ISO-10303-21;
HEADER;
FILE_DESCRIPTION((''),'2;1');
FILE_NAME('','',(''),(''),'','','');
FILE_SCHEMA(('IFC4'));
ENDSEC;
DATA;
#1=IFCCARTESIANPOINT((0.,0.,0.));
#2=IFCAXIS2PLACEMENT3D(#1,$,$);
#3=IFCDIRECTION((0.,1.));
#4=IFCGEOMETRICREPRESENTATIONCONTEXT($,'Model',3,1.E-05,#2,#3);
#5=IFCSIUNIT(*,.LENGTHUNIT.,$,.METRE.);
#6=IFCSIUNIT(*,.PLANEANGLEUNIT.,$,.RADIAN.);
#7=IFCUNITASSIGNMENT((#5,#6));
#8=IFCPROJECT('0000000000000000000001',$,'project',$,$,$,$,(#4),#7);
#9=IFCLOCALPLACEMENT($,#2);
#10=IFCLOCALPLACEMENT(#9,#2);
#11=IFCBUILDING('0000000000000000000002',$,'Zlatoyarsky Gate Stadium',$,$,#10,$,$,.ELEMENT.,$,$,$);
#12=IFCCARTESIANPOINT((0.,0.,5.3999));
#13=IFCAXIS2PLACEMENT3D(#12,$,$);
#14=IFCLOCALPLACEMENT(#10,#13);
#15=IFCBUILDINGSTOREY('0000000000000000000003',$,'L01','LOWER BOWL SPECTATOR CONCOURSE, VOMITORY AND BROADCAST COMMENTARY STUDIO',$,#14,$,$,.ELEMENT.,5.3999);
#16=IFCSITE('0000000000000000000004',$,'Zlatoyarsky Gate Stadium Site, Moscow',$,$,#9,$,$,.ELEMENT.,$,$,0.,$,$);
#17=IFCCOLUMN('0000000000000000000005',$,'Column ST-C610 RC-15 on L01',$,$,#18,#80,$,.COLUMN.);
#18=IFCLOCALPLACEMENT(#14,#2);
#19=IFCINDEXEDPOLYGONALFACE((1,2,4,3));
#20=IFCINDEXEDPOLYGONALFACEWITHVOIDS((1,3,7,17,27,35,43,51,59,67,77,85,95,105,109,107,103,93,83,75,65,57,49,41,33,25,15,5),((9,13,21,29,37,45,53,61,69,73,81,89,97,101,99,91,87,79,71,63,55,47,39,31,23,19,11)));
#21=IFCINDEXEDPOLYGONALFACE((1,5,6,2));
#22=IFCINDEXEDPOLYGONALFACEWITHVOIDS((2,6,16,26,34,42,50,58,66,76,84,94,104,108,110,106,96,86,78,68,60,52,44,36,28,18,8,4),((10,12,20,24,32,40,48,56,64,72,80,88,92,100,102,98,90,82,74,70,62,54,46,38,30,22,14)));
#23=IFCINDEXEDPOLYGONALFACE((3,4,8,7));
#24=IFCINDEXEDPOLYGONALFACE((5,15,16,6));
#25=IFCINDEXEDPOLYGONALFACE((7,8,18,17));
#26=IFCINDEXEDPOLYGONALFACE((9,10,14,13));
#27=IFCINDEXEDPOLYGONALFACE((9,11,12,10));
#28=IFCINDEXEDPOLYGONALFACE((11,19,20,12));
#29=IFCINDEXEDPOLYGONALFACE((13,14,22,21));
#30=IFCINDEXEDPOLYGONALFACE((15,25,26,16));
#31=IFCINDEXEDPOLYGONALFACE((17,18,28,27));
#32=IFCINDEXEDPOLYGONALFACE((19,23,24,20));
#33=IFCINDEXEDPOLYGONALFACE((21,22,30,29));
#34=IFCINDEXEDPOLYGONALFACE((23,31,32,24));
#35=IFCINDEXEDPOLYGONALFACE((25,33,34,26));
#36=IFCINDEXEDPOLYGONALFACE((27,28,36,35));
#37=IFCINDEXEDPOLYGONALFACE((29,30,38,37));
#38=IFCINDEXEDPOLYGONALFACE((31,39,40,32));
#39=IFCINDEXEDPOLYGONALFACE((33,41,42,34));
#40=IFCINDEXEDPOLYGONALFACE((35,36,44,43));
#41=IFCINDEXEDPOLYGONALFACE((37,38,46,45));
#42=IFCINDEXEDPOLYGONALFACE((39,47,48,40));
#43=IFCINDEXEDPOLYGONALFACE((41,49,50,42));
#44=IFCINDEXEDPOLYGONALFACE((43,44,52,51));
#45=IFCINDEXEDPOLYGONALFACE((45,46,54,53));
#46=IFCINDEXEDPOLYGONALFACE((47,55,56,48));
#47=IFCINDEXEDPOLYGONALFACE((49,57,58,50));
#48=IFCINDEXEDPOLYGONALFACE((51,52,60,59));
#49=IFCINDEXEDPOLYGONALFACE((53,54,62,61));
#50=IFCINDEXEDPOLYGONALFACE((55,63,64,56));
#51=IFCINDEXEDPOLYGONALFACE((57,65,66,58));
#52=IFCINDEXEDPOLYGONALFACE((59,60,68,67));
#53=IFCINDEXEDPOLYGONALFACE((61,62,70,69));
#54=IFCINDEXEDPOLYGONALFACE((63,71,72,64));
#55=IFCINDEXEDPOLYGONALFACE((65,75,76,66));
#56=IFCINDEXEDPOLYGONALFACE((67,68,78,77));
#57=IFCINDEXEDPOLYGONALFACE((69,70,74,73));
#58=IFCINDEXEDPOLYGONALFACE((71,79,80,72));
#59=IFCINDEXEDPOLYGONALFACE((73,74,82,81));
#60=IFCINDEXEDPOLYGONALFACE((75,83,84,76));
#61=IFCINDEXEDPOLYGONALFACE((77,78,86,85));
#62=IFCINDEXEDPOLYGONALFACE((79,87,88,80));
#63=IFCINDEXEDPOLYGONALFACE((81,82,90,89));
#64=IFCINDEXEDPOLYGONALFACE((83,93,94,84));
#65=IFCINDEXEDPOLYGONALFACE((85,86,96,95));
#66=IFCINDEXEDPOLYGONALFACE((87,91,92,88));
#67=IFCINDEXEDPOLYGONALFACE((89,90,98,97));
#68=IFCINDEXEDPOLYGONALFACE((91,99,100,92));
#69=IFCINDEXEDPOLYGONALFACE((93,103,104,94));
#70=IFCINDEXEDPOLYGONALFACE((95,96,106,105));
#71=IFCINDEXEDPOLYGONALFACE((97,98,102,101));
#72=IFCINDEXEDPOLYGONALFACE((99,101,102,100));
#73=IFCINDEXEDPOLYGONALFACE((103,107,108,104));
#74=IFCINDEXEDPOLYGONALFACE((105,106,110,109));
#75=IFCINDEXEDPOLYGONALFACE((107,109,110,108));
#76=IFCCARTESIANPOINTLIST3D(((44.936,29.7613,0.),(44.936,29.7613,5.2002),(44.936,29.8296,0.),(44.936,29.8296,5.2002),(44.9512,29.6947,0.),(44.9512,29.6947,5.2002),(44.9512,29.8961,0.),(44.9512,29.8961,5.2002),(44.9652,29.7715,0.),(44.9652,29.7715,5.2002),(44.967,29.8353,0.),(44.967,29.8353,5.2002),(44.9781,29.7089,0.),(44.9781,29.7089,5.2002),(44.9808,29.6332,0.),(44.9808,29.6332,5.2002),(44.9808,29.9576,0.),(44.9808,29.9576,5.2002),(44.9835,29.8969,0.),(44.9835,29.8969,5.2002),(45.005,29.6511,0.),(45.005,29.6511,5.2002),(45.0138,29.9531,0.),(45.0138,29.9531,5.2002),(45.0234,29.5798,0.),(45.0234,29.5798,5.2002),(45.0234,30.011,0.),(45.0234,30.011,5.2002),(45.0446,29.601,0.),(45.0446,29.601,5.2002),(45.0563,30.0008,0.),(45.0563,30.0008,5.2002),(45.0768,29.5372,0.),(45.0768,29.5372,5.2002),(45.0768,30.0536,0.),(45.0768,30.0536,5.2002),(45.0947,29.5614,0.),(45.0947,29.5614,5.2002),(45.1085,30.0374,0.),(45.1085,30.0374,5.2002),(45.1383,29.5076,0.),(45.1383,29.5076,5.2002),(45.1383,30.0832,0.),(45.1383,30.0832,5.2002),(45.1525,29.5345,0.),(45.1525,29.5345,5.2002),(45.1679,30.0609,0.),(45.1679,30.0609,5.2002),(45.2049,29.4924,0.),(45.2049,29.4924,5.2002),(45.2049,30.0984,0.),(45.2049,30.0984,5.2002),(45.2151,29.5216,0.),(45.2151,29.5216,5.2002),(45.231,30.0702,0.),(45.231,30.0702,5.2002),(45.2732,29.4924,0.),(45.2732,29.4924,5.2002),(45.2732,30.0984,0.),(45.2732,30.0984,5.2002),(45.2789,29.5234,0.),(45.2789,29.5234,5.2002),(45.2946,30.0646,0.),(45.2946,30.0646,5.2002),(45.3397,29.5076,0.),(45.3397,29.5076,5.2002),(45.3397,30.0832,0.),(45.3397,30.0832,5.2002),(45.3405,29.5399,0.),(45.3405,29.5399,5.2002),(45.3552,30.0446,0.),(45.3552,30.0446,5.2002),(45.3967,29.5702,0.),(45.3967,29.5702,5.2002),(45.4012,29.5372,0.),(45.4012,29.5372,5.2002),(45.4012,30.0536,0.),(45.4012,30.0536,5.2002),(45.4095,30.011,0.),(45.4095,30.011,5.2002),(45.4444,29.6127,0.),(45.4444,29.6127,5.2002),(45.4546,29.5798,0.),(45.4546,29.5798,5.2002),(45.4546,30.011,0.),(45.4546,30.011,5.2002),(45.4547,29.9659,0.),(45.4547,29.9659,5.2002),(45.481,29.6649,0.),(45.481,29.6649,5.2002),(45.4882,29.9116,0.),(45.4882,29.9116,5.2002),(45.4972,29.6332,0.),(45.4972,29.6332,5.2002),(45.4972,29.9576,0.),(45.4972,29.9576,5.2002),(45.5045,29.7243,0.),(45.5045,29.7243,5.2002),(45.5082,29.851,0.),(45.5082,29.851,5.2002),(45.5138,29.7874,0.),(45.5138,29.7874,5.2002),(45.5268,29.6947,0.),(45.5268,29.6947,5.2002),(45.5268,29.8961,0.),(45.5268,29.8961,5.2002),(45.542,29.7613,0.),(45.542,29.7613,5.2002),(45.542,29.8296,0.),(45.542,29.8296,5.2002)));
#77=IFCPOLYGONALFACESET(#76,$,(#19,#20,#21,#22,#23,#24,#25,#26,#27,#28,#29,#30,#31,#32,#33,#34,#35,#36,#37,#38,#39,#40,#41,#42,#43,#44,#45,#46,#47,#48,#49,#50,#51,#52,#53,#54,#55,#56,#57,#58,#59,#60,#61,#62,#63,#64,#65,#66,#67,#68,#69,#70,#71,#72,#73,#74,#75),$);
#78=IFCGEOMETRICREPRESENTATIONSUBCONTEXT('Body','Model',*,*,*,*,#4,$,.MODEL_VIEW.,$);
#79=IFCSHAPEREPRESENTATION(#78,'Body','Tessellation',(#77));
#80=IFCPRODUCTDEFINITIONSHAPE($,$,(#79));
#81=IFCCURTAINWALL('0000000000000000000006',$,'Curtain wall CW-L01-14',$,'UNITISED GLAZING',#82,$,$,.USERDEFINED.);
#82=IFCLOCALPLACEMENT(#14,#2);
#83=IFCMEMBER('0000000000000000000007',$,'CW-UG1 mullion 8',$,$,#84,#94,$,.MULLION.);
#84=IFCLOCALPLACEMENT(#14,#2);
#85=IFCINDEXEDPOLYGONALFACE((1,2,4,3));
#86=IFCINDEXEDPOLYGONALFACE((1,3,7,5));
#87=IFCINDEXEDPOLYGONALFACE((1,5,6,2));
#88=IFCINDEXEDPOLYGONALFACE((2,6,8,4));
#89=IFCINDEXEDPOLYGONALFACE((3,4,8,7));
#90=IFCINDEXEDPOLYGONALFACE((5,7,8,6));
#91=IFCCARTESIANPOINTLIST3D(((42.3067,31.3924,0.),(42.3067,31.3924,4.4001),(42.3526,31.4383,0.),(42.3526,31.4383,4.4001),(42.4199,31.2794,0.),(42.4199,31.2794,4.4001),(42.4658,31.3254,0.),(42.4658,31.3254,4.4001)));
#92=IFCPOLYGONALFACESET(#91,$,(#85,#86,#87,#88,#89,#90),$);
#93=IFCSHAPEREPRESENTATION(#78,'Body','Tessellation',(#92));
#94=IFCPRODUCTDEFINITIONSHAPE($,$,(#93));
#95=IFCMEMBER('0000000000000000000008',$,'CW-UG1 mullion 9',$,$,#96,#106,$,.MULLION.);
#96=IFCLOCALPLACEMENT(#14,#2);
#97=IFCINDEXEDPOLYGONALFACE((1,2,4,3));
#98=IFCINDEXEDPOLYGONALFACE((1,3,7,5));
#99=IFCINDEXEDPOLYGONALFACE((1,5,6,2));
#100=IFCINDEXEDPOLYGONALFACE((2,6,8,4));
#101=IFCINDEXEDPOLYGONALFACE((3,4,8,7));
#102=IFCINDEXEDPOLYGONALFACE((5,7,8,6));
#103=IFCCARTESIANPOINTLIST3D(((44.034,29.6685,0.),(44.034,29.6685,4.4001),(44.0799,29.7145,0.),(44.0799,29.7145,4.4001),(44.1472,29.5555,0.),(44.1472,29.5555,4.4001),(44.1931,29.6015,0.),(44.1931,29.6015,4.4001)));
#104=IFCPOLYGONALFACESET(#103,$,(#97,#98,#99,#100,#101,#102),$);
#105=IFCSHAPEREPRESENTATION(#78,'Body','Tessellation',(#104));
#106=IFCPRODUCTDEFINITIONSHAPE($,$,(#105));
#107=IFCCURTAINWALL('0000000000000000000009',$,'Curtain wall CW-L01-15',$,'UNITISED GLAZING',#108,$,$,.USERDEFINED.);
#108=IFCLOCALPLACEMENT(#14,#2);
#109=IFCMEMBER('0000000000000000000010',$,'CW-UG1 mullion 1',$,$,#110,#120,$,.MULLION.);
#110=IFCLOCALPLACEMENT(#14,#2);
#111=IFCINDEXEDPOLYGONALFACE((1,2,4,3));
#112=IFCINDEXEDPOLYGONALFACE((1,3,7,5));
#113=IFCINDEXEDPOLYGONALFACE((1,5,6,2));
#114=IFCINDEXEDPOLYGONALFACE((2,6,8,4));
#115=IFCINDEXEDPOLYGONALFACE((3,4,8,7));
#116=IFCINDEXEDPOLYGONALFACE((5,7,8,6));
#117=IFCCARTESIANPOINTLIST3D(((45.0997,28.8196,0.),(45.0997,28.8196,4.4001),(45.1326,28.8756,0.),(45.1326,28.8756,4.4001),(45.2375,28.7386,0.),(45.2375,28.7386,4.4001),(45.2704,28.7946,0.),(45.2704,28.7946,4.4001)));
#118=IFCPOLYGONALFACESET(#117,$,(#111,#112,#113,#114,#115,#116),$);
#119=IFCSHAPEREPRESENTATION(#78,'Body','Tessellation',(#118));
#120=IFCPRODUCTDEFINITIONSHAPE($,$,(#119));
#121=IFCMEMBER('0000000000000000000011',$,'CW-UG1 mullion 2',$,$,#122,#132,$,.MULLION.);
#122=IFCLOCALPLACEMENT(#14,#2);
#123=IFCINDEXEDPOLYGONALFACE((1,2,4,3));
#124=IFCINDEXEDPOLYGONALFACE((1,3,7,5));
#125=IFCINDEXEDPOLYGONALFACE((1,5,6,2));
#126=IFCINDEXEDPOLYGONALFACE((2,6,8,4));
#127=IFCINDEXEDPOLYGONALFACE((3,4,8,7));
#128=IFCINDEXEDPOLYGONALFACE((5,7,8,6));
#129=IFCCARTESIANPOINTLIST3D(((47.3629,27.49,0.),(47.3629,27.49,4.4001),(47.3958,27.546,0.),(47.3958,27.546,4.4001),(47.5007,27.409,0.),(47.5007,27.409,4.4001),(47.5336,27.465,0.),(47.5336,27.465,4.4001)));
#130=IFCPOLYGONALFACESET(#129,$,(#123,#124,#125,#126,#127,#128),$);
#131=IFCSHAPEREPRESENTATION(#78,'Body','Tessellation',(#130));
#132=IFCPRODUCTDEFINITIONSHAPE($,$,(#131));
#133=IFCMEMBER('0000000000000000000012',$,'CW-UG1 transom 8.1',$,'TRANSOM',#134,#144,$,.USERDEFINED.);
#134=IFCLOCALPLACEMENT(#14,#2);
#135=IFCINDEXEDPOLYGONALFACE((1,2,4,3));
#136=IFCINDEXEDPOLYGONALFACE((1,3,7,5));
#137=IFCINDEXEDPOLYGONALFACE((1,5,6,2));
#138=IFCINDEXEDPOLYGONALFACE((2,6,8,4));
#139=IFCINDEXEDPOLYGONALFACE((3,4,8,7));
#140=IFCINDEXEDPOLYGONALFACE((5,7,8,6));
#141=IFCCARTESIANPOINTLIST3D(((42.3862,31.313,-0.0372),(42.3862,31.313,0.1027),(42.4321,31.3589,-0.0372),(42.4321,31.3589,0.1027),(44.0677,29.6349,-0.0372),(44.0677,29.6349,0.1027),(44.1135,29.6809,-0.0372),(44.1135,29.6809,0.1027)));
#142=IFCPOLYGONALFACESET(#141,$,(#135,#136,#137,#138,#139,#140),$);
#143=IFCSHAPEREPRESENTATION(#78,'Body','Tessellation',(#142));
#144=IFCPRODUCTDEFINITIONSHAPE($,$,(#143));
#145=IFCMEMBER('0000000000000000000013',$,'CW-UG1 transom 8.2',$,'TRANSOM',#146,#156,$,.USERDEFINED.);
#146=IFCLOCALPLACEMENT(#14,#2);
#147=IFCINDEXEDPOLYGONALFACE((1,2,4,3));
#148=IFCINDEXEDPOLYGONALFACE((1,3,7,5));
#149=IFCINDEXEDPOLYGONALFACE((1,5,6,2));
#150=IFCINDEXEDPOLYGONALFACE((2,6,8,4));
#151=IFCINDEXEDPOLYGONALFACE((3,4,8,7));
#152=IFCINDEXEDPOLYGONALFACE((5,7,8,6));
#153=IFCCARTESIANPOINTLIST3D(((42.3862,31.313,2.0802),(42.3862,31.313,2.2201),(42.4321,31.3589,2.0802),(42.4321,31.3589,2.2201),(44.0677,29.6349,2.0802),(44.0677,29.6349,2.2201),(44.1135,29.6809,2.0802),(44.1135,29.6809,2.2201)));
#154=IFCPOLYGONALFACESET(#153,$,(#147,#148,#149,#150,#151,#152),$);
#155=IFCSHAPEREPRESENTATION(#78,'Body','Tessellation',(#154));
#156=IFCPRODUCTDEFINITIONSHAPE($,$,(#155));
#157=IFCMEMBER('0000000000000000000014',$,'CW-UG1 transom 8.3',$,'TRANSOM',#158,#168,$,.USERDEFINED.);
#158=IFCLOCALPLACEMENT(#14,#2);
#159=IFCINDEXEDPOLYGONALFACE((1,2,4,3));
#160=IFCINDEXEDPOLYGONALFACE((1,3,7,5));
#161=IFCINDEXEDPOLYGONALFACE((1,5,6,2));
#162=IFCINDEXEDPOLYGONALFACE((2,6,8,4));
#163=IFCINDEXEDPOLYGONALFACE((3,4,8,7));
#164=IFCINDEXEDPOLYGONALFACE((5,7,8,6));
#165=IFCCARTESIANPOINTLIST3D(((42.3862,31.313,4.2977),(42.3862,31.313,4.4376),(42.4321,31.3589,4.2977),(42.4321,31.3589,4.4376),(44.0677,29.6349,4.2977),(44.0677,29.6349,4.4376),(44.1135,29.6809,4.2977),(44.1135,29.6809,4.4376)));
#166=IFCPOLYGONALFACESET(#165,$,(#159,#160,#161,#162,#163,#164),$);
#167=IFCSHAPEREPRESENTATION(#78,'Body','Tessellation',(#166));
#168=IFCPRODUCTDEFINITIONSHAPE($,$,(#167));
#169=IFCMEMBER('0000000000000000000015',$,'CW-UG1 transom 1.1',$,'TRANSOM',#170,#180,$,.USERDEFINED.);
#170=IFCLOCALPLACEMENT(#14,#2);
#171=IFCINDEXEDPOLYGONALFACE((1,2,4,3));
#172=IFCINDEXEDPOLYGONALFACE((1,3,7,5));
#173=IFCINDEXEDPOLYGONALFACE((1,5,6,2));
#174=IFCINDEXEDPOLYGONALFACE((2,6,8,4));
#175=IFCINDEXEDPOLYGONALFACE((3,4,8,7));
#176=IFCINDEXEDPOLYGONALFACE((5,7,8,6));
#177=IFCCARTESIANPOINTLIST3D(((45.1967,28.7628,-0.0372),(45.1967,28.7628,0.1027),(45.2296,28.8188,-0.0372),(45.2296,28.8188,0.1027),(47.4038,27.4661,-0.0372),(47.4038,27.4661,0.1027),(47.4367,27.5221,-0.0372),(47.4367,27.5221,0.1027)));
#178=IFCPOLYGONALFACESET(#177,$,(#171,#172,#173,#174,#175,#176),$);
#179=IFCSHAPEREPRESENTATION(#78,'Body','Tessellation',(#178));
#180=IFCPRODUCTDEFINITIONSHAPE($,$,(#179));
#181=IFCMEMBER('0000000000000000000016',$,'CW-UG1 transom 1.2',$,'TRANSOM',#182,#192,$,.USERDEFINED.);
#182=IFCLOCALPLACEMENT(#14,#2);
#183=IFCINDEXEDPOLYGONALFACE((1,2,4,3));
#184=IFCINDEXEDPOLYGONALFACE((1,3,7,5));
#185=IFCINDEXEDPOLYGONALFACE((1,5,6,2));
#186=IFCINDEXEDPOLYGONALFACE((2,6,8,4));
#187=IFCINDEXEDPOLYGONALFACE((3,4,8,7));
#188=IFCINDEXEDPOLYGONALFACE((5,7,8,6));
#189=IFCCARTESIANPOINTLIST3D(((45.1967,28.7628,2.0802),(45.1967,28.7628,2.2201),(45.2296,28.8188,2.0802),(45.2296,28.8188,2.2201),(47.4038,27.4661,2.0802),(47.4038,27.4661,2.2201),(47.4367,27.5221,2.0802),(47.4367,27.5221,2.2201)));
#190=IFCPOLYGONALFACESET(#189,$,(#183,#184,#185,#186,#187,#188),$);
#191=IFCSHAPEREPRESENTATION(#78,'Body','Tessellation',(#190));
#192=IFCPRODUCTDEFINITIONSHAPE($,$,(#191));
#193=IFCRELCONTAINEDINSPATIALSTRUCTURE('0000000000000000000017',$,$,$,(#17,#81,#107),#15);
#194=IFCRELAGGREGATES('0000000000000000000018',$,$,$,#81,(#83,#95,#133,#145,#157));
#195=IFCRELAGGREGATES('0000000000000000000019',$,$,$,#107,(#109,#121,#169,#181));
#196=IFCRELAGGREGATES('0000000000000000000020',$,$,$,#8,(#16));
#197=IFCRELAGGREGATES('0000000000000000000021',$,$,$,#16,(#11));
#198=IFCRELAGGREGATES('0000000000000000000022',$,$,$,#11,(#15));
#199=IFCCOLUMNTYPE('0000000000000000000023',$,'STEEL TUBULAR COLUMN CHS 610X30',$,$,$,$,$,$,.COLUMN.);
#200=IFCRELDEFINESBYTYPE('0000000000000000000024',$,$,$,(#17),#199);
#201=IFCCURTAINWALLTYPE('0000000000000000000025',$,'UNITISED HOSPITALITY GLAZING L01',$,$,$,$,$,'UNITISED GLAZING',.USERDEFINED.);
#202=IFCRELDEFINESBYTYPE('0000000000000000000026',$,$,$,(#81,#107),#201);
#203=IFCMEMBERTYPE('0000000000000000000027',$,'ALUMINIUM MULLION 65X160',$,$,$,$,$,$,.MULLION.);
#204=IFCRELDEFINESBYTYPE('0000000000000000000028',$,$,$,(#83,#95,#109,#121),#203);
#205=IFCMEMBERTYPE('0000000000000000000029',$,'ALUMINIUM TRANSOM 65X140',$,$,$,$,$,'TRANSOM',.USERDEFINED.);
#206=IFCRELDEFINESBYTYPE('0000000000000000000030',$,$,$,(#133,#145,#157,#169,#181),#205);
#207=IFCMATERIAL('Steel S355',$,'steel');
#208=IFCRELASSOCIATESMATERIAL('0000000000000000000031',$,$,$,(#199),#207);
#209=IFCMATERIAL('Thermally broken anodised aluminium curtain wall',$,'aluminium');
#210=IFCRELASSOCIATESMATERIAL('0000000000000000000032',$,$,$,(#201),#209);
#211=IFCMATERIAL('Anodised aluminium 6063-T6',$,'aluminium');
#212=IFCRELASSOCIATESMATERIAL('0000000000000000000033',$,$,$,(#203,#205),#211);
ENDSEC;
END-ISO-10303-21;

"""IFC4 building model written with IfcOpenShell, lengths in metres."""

from ifc_helpers import new_model, si_unit, direction, frame, origin, origin_2d, place, context, subcontext, project, spatial, rectangle, hollow_circle, extrude, material, material_profile, profile_set, type_object, element, aggregate, save


model = new_model("IFC4")

# Units and contexts
model_context = context("Model", 3, precision=1e-05, world=origin(), true_north=direction((0.0, 1.0)))
body_context = subcontext(model_context, "Body", "Model", "MODEL_VIEW")
ifc_project = project(units=[si_unit("LENGTHUNIT", "METRE"), si_unit("PLANEANGLEUNIT", "RADIAN")], contexts=[model_context])

# Site, building, storey
site_placement = place(None, origin())
site = spatial("IfcSite", under=ifc_project, at=site_placement, Name="Zlatoyarsky Gate Stadium Site, Moscow", CompositionType="ELEMENT", RefElevation=0.0)
building_placement = place(site_placement, origin())
building = spatial("IfcBuilding", under=site, at=building_placement, Name="Zlatoyarsky Gate Stadium", CompositionType="ELEMENT")
storey_placement = place(building_placement, frame((0.0, 0.0, 5.3999)))
storey = spatial("IfcBuildingStorey", under=building, at=storey_placement, Name="L01", Description="LOWER BOWL SPECTATOR CONCOURSE, VOMITORY AND BROADCAST COMMENTARY STUDIO", CompositionType="ELEMENT", Elevation=5.3999)

# Column
ifc_material_1 = material(Name="Steel S355", Category="steel")
ifc_material_profile_1 = material_profile(ifc_material_1, hollow_circle(Radius=0.3049, WallThickness=0.03, at=origin_2d()), Name="CHS 610X30")
ifc_profile_set_1 = profile_set([ifc_material_profile_1], Name="Steel S355")
column_type = type_object("IfcColumnType", Name="STEEL TUBULAR COLUMN CHS 610X30", PredefinedType="COLUMN", material=ifc_profile_set_1)
column_placement = place(storey_placement, frame((45.239, 29.7954, 0.0), z_axis=(0.0, 0.0, 1.0), x_axis=(-0.707107, -0.707107, 0.0)))
element("IfcColumn", 1, at=column_placement, inside=storey, type_object=column_type, Name="Column ST-C610 RC-15 on L01", PredefinedType="COLUMN", context=body_context, shape_type="SweptSolid", body=[
    extrude(hollow_circle(Radius=0.3049, WallThickness=0.03, at=origin_2d()), origin(), (0.0, 0.0, 1.0), 5.2002),
])

# Curtain walls, members
ifc_material_2 = material(Name="Thermally broken anodised aluminium curtain wall", Category="aluminium")
curtain_wall_type = type_object("IfcCurtainWallType", Name="UNITISED HOSPITALITY GLAZING L01", ElementType="UNITISED GLAZING", PredefinedType="USERDEFINED", material=ifc_material_2)
curtain_wall_1_placement = place(storey_placement, origin())
curtain_wall_1 = element("IfcCurtainWall", 2, at=curtain_wall_1_placement, inside=storey, type_object=curtain_wall_type, Name="Curtain wall CW-L01-14", ObjectType="UNITISED GLAZING", PredefinedType="USERDEFINED")
ifc_material_3 = material(Name="Anodised aluminium 6063-T6", Category="aluminium")
ifc_material_profile_2 = material_profile(ifc_material_3, rectangle(XDim=0.0649, YDim=0.1599, at=origin_2d()), Name="ALU 65X160")
ifc_profile_set_2 = profile_set([ifc_material_profile_2], Name="Anodised aluminium 6063-T6")
member_type_1 = type_object("IfcMemberType", Name="ALUMINIUM MULLION 65X160", PredefinedType="MULLION", material=ifc_profile_set_2)
member_1_placement = place(storey_placement, frame((42.3862, 31.3589, 0.0), z_axis=(0.0, 0.0, 1.0), x_axis=(0.706373, 0.707839, 0.0)))
member_1 = element("IfcMember", 3, at=member_1_placement, type_object=member_type_1, Name="CW-UG1 mullion 8", PredefinedType="MULLION", context=body_context, shape_type="SweptSolid", body=[
    extrude(rectangle(XDim=0.0649, YDim=0.1599, at=origin_2d()), origin(), (0.0, 0.0, 1.0), 4.4001),
])
member_2_placement = place(storey_placement, frame((44.1135, 29.635, 0.0), z_axis=(0.0, 0.0, 1.0), x_axis=(0.706373, 0.707839, 0.0)))
member_2 = element("IfcMember", 4, at=member_2_placement, type_object=member_type_1, Name="CW-UG1 mullion 9", PredefinedType="MULLION", context=body_context, shape_type="SweptSolid", body=[
    extrude(rectangle(XDim=0.0649, YDim=0.1599, at=origin_2d()), origin(), (0.0, 0.0, 1.0), 4.4001),
])
curtain_wall_2_placement = place(storey_placement, origin())
curtain_wall_2 = element("IfcCurtainWall", 5, at=curtain_wall_2_placement, inside=storey, type_object=curtain_wall_type, Name="Curtain wall CW-L01-15", ObjectType="UNITISED GLAZING", PredefinedType="USERDEFINED")
member_3_placement = place(storey_placement, frame((45.1851, 28.8071, 0.0), z_axis=(0.0, 0.0, 1.0), x_axis=(0.50659, 0.862187, 0.0)))
member_3 = element("IfcMember", 6, at=member_3_placement, type_object=member_type_1, Name="CW-UG1 mullion 1", PredefinedType="MULLION", context=body_context, shape_type="SweptSolid", body=[
    extrude(rectangle(XDim=0.0649, YDim=0.1599, at=origin_2d()), origin(), (0.0, 0.0, 1.0), 4.4001),
])
member_4_placement = place(storey_placement, frame((47.4482, 27.4775, 0.0), z_axis=(0.0, 0.0, 1.0), x_axis=(0.50659, 0.862187, 0.0)))
member_4 = element("IfcMember", 7, at=member_4_placement, type_object=member_type_1, Name="CW-UG1 mullion 2", PredefinedType="MULLION", context=body_context, shape_type="SweptSolid", body=[
    extrude(rectangle(XDim=0.0649, YDim=0.1599, at=origin_2d()), origin(), (0.0, 0.0, 1.0), 4.4001),
])

# Members
ifc_material_profile_3 = material_profile(ifc_material_3, rectangle(XDim=0.0649, YDim=0.1399, at=origin_2d()), Name="ALU 65X140")
ifc_profile_set_3 = profile_set([ifc_material_profile_3], Name="Anodised aluminium 6063-T6")
member_type_2 = type_object("IfcMemberType", Name="ALUMINIUM TRANSOM 65X140", ElementType="TRANSOM", PredefinedType="USERDEFINED", material=ifc_profile_set_3)
member_5_placement = place(storey_placement, frame((42.4092, 31.3359, 0.0327), z_axis=(0.707826, -0.706387, 0.0), x_axis=(0.706387, 0.707826, 0.0)))
member_5 = element("IfcMember", 8, at=member_5_placement, type_object=member_type_2, Name="CW-UG1 transom 8.1", ObjectType="TRANSOM", PredefinedType="USERDEFINED", context=body_context, shape_type="SweptSolid", body=[
    extrude(rectangle(XDim=0.0649, YDim=0.1399, at=origin_2d()), origin(), (0.0, 0.0, 1.0), 2.3755),
])
member_6_placement = place(storey_placement, frame((42.4092, 31.3359, 2.1501), z_axis=(0.707826, -0.706387, 0.0), x_axis=(0.706387, 0.707826, 0.0)))
member_6 = element("IfcMember", 9, at=member_6_placement, type_object=member_type_2, Name="CW-UG1 transom 8.2", ObjectType="TRANSOM", PredefinedType="USERDEFINED", context=body_context, shape_type="SweptSolid", body=[
    extrude(rectangle(XDim=0.0649, YDim=0.1399, at=origin_2d()), origin(), (0.0, 0.0, 1.0), 2.3755),
])
member_7_placement = place(storey_placement, frame((42.4092, 31.3359, 4.3677), z_axis=(0.707826, -0.706387, 0.0), x_axis=(0.706387, 0.707826, 0.0)))
member_7 = element("IfcMember", 10, at=member_7_placement, type_object=member_type_2, Name="CW-UG1 transom 8.3", ObjectType="TRANSOM", PredefinedType="USERDEFINED", context=body_context, shape_type="SweptSolid", body=[
    extrude(rectangle(XDim=0.0649, YDim=0.1399, at=origin_2d()), origin(), (0.0, 0.0, 1.0), 2.3755),
])
member_8_placement = place(storey_placement, frame((45.2131, 28.7908, 0.0327), z_axis=(0.862211, -0.506549, 0.0), x_axis=(0.506549, 0.862211, 0.0)))
member_8 = element("IfcMember", 11, at=member_8_placement, type_object=member_type_2, Name="CW-UG1 transom 1.1", ObjectType="TRANSOM", PredefinedType="USERDEFINED", context=body_context, shape_type="SweptSolid", body=[
    extrude(rectangle(XDim=0.0649, YDim=0.1399, at=origin_2d()), origin(), (0.0, 0.0, 1.0), 2.5598),
])
member_9_placement = place(storey_placement, frame((45.2131, 28.7908, 2.1501), z_axis=(0.862211, -0.506549, 0.0), x_axis=(0.506549, 0.862211, 0.0)))
member_9 = element("IfcMember", 12, at=member_9_placement, type_object=member_type_2, Name="CW-UG1 transom 1.2", ObjectType="TRANSOM", PredefinedType="USERDEFINED", context=body_context, shape_type="SweptSolid", body=[
    extrude(rectangle(XDim=0.0649, YDim=0.1399, at=origin_2d()), origin(), (0.0, 0.0, 1.0), 2.5598),
])

aggregate(curtain_wall_1, [member_1, member_2, member_5, member_6, member_7])
aggregate(curtain_wall_2, [member_3, member_4, member_8, member_9])

save(model, "model.ifc")
